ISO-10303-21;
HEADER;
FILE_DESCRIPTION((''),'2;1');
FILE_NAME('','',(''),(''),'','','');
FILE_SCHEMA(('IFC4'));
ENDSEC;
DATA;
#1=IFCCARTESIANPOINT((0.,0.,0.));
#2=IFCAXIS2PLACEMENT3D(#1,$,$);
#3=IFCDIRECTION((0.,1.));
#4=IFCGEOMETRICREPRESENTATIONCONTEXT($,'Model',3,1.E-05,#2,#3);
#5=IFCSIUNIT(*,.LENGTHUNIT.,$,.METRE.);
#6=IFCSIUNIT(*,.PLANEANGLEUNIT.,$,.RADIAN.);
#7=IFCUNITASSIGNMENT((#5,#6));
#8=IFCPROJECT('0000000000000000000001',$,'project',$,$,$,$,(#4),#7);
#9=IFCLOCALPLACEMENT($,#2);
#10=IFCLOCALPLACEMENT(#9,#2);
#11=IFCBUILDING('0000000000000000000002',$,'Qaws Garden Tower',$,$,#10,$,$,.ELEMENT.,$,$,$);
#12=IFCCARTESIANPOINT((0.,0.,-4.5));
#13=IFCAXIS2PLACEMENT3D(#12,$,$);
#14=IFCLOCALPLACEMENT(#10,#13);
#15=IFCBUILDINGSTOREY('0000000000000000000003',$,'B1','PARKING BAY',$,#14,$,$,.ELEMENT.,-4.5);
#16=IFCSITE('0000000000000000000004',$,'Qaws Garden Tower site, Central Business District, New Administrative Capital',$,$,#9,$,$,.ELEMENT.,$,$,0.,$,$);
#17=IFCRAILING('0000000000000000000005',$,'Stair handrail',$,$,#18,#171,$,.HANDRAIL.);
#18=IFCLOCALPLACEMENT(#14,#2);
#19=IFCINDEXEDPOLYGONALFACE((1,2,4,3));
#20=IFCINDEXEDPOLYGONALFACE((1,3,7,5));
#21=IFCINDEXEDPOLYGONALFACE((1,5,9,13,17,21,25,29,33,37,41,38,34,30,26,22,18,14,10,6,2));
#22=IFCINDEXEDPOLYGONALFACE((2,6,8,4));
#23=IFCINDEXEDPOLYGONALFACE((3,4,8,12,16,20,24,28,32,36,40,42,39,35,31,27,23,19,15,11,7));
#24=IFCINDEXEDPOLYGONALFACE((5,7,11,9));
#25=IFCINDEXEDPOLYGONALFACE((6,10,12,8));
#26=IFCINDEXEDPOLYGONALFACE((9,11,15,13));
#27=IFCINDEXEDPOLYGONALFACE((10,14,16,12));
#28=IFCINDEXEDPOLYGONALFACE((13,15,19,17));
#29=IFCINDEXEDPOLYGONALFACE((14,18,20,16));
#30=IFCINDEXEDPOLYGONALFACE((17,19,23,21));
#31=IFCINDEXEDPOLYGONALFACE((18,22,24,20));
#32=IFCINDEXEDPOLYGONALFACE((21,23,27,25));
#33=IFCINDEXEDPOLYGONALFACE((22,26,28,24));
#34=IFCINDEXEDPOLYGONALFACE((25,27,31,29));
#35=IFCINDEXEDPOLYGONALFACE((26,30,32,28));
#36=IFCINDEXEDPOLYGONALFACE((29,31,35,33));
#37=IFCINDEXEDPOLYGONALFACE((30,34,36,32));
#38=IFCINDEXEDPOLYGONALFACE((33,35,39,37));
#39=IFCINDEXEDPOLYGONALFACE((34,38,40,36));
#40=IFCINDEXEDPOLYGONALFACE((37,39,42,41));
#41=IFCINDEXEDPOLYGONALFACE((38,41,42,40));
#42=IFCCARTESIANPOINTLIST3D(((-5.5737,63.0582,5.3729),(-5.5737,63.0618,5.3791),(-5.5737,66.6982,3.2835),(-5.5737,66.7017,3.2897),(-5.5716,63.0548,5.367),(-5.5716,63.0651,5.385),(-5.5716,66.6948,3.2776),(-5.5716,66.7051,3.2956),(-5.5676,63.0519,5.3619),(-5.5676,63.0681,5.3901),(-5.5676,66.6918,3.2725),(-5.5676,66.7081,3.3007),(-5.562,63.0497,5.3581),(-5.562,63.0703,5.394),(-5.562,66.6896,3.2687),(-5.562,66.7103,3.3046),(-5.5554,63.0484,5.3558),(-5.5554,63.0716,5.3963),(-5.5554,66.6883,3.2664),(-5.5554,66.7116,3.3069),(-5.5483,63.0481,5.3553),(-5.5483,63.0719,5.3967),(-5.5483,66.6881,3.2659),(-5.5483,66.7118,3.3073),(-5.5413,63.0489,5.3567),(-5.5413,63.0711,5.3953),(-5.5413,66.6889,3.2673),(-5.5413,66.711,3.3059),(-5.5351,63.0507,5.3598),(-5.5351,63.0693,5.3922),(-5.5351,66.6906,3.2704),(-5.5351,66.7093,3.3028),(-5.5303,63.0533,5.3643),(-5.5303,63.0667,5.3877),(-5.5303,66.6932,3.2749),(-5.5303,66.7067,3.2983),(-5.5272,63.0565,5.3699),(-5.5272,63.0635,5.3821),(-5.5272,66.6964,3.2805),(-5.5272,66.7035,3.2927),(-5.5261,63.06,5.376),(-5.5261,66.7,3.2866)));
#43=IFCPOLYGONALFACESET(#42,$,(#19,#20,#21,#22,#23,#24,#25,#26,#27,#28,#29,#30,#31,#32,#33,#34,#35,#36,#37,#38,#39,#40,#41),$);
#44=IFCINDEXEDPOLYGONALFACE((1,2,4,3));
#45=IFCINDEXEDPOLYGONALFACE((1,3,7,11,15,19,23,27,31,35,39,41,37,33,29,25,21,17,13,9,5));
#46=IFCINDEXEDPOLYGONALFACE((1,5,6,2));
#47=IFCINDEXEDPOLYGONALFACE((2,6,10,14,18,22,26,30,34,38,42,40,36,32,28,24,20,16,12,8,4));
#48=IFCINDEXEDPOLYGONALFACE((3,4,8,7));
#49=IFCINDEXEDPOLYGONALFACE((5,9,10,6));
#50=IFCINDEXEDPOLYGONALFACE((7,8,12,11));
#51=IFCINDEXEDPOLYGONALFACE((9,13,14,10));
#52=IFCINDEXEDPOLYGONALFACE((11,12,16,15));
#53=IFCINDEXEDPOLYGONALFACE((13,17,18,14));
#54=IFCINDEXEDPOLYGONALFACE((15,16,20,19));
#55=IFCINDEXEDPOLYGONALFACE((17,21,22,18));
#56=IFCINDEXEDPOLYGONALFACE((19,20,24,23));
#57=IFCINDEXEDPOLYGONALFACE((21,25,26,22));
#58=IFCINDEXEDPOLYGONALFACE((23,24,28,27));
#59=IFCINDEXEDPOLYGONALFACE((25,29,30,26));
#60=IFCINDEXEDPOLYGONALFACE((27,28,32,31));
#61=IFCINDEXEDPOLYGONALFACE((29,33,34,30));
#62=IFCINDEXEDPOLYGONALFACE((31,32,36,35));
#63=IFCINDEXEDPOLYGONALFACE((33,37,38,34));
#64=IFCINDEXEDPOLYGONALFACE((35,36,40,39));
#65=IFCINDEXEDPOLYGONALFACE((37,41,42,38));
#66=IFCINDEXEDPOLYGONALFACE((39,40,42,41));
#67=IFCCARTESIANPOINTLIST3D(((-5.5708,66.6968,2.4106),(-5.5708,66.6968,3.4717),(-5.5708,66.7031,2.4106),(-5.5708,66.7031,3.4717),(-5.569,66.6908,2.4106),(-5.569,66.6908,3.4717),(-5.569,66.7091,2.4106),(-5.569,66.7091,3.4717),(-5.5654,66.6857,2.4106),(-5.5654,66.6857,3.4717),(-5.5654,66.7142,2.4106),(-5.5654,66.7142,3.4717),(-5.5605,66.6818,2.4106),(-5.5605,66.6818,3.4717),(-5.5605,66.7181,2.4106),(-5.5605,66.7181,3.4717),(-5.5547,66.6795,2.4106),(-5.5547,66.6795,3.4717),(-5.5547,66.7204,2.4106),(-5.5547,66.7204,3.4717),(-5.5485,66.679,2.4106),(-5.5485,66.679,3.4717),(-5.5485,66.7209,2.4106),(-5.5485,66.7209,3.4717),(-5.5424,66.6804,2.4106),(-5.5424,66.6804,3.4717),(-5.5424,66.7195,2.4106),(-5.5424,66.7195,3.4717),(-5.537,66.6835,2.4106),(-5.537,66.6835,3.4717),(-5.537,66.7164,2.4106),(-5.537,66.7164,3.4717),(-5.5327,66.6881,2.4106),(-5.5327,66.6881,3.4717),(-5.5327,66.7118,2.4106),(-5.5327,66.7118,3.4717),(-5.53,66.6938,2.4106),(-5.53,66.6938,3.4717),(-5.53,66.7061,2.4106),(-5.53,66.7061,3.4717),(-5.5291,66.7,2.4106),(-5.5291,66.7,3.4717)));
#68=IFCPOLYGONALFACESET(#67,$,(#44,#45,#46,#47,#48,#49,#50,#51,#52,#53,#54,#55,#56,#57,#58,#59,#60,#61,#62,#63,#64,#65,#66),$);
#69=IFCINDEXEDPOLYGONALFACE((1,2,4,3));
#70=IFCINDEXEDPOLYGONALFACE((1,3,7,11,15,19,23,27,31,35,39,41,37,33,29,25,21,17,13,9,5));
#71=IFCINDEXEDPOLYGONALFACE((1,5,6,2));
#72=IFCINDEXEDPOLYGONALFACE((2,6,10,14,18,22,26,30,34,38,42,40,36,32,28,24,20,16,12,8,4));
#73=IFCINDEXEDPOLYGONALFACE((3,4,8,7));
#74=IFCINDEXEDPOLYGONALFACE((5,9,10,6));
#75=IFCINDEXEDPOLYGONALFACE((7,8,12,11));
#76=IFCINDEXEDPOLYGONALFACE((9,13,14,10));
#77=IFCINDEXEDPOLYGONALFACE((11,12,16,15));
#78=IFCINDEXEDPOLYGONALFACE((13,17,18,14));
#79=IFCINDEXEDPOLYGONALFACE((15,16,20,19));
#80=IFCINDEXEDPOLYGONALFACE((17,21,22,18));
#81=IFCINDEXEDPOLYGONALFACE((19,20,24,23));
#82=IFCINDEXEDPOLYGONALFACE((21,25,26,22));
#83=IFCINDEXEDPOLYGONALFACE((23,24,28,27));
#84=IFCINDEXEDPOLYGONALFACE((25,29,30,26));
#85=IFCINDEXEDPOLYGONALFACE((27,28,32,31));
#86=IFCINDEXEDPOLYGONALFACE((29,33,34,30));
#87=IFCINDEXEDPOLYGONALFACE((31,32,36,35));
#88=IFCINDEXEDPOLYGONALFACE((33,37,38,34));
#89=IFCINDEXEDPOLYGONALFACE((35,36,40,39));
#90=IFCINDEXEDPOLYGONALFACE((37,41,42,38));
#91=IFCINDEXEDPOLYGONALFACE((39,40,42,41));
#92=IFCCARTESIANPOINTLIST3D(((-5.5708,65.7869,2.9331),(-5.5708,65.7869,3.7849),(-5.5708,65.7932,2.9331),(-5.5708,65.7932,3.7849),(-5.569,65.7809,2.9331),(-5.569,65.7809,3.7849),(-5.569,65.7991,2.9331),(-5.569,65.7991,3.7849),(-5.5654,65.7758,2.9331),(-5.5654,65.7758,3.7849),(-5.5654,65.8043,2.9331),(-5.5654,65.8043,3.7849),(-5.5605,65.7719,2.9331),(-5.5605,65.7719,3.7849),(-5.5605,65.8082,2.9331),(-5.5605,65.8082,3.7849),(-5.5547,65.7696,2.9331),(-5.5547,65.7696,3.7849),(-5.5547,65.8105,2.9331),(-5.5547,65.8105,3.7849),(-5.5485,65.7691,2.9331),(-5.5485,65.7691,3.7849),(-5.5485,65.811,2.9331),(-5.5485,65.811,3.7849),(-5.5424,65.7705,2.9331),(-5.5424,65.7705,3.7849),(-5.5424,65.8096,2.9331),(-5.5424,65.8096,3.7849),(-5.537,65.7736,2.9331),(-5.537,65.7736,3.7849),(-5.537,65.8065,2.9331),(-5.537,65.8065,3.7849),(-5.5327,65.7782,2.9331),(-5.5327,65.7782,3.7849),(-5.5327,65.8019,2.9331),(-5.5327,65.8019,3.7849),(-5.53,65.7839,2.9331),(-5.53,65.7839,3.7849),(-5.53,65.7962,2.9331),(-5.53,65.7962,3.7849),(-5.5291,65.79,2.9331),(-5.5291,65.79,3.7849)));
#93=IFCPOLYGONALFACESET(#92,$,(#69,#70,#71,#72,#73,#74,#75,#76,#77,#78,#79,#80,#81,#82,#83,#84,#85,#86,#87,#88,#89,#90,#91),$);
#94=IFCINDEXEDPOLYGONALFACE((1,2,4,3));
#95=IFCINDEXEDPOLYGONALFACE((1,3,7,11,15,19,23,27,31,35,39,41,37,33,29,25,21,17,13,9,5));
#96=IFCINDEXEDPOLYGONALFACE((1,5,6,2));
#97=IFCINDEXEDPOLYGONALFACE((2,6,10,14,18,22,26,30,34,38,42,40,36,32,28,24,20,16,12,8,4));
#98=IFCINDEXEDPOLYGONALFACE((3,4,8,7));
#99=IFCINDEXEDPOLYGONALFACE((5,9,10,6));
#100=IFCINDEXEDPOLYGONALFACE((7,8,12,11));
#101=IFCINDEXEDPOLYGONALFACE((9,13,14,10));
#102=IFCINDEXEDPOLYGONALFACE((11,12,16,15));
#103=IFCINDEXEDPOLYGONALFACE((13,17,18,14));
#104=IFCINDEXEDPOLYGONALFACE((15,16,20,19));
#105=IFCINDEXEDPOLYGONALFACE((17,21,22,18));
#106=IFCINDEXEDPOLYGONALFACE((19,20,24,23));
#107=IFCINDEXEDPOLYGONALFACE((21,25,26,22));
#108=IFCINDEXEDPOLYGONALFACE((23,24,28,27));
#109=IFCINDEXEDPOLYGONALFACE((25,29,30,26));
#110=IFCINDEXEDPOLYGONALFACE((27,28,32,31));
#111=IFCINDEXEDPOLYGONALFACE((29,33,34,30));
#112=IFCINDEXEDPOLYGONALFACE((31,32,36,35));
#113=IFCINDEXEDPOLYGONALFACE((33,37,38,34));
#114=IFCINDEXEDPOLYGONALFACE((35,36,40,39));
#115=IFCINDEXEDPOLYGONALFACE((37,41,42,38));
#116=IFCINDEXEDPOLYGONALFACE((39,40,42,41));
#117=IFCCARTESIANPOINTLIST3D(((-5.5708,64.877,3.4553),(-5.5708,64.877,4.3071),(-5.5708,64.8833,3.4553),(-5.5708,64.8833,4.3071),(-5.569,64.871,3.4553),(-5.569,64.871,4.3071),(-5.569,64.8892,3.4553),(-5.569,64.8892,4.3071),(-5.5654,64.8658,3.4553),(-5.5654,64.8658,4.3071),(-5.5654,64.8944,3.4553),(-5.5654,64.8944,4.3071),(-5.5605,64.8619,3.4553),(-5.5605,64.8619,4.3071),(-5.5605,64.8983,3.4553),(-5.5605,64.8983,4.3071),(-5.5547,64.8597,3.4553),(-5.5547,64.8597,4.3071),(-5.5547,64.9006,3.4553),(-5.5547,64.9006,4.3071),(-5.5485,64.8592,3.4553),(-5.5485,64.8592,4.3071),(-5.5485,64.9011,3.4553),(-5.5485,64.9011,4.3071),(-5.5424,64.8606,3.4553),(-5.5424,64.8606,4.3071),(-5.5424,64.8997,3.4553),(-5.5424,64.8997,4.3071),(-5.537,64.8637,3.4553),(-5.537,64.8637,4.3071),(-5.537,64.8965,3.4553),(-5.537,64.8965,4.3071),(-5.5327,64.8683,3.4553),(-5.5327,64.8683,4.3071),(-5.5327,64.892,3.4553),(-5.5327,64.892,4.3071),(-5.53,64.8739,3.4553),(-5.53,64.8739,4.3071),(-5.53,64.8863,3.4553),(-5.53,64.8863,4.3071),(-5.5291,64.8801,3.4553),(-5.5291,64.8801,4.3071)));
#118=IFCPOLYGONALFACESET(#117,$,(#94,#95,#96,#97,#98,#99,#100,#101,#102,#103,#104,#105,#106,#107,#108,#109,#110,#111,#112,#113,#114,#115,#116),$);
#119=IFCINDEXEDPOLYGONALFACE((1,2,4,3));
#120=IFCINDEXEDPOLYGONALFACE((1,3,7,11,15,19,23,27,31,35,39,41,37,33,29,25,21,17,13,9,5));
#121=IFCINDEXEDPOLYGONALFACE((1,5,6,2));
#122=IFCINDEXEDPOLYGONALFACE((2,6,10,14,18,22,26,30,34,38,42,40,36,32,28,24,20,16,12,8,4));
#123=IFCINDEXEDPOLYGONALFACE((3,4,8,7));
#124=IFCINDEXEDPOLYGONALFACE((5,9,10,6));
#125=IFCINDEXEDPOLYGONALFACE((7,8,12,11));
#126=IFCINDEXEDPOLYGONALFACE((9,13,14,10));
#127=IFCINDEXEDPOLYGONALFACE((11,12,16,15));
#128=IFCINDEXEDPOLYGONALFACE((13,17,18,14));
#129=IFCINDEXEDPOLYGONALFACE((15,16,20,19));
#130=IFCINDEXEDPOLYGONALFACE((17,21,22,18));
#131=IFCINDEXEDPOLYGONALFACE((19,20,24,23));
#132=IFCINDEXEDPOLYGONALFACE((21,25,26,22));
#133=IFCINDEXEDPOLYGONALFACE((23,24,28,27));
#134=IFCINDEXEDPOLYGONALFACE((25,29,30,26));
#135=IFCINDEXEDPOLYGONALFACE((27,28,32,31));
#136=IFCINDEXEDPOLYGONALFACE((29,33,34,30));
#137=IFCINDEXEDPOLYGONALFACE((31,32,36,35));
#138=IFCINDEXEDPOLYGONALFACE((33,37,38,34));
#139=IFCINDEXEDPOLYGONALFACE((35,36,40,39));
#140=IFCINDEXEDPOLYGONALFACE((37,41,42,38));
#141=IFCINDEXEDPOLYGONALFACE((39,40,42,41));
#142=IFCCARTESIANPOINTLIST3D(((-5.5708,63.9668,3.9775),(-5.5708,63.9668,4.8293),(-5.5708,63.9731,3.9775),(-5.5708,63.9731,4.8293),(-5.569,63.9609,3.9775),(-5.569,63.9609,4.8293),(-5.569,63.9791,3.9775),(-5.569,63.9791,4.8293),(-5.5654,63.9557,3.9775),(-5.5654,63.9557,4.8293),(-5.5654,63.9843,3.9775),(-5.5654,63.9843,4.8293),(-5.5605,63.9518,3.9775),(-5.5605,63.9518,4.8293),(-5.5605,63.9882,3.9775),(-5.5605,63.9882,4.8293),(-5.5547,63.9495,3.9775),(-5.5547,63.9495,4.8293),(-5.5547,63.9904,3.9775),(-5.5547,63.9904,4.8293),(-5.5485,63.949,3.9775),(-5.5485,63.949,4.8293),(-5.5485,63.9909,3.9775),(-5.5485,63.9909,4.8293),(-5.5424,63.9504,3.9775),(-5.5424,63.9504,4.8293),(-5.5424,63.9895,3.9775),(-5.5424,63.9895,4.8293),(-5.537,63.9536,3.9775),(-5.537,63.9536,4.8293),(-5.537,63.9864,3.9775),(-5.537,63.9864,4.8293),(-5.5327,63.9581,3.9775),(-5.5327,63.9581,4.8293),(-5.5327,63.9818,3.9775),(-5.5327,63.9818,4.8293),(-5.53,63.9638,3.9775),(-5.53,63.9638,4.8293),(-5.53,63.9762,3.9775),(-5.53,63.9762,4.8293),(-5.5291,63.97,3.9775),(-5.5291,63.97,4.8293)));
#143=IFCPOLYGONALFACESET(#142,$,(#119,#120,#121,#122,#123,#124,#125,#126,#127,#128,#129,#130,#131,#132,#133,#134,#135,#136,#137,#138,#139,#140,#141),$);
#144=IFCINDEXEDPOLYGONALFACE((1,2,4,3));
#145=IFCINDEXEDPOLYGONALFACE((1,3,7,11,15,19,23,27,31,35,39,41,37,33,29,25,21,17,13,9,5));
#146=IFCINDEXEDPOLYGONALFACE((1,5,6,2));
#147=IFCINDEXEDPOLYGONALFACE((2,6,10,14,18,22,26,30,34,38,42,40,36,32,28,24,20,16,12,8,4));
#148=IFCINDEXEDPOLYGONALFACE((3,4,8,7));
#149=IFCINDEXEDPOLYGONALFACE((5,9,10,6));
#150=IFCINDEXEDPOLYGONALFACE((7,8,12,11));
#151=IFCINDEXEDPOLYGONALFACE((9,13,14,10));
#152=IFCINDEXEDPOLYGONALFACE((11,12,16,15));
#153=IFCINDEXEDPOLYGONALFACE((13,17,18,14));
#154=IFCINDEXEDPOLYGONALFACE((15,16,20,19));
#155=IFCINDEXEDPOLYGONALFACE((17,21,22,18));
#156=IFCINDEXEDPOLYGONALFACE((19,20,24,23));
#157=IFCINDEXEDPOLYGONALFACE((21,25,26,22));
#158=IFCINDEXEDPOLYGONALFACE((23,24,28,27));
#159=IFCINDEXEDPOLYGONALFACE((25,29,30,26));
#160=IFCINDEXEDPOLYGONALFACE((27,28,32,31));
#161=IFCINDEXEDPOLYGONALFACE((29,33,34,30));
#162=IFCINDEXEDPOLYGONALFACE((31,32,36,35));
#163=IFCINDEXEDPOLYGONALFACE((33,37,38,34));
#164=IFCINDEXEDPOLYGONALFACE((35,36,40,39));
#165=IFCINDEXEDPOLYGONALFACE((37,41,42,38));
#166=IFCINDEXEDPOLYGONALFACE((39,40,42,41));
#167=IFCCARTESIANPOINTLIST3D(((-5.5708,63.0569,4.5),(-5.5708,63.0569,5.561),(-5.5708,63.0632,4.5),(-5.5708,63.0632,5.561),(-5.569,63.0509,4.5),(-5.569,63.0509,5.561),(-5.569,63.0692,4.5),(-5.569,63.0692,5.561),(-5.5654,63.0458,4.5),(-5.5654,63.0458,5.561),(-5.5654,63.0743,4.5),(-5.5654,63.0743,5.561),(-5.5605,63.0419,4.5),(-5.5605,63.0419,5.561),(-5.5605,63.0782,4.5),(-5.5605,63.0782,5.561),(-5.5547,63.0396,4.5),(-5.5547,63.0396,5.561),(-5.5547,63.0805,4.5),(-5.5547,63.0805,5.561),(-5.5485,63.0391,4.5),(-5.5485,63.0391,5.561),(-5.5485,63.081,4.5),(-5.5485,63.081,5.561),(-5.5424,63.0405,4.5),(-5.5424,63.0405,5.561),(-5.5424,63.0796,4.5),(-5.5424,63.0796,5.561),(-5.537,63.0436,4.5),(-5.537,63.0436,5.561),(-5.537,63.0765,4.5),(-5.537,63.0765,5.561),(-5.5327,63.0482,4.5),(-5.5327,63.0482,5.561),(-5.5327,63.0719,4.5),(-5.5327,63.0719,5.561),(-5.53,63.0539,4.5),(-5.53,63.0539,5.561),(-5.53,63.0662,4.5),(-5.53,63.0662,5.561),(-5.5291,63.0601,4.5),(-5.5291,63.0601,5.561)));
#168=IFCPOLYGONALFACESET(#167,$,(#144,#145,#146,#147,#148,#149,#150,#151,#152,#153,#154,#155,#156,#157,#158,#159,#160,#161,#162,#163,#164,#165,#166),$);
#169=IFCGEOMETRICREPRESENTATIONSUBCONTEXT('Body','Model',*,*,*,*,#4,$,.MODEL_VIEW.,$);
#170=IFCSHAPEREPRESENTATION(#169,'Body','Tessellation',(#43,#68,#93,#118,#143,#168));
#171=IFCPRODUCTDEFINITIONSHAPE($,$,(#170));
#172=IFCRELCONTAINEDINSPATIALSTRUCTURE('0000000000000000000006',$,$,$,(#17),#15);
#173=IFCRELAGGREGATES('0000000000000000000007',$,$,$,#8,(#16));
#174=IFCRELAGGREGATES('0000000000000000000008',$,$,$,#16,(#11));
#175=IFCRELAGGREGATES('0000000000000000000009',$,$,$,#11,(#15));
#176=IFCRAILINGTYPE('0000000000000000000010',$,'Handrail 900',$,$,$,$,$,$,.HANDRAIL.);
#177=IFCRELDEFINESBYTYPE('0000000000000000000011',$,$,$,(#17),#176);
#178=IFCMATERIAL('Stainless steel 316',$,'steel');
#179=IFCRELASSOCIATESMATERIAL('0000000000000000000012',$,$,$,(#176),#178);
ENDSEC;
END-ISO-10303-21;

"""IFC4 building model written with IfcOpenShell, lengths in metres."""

from ifc_helpers import new_model, si_unit, direction, frame, origin, origin_2d, place, context, subcontext, project, spatial, circle, extrude, material, type_object, element, save


model = new_model("IFC4")

# Units and contexts
model_context = context("Model", 3, precision=1e-05, world=origin(), true_north=direction((0.0, 1.0)))
body_context = subcontext(model_context, "Body", "Model", "MODEL_VIEW")
ifc_project = project(units=[si_unit("LENGTHUNIT", "METRE"), si_unit("PLANEANGLEUNIT", "RADIAN")], contexts=[model_context])

# Site, building, storey
site_placement = place(None, origin())
site = spatial("IfcSite", under=ifc_project, at=site_placement, Name="Qaws Garden Tower site, Central Business District, New Administrative Capital", CompositionType="ELEMENT", RefElevation=0.0)
building_placement = place(site_placement, origin())
building = spatial("IfcBuilding", under=site, at=building_placement, Name="Qaws Garden Tower", CompositionType="ELEMENT")
storey_placement = place(building_placement, frame((0.0, 0.0, -4.5)))
storey = spatial("IfcBuildingStorey", under=building, at=storey_placement, Name="B1", Description="PARKING BAY", CompositionType="ELEMENT", Elevation=-4.5)

# Railing
ifc_material_1 = material(Name="Stainless steel 316", Category="steel")
railing_type_1 = type_object("IfcRailingType", Name="Handrail 900", PredefinedType="HANDRAIL", material=ifc_material_1)
for number, where, name in (
    (1, (-5.55, 66.7, 2.4106), "Stair handrail"),
):
    element("IfcRailing", number, at=place(storey_placement, frame(where)), inside=storey, type_object=railing_type_1, Name=name, PredefinedType="HANDRAIL", context=body_context, shape_type="SweptSolid", body=[
        extrude(circle(Radius=0.0239, at=origin_2d()), frame((0.0, 0.0, 0.876), z_axis=(0.0, -0.867275, 0.497829), x_axis=(1.0, 0.0, 0.0)), (0.0, 0.0, 1.0), 4.197),
        extrude(circle(Radius=0.021, at=origin_2d()), origin(), (0.0, 0.0, 1.0), 1.061),
        extrude(circle(Radius=0.021, at=origin_2d()), frame((0.0, -0.9099, 0.5225)), (0.0, 0.0, 1.0), 0.8518),
        extrude(circle(Radius=0.021, at=origin_2d()), frame((0.0, -1.8198, 1.0447)), (0.0, 0.0, 1.0), 0.8518),
        extrude(circle(Radius=0.021, at=origin_2d()), frame((0.0, -2.73, 1.5669)), (0.0, 0.0, 1.0), 0.8518),
        extrude(circle(Radius=0.021, at=origin_2d()), frame((0.0, -3.6399, 2.0894)), (0.0, 0.0, 1.0), 1.061),
    ])

save(model, "model.ifc")
